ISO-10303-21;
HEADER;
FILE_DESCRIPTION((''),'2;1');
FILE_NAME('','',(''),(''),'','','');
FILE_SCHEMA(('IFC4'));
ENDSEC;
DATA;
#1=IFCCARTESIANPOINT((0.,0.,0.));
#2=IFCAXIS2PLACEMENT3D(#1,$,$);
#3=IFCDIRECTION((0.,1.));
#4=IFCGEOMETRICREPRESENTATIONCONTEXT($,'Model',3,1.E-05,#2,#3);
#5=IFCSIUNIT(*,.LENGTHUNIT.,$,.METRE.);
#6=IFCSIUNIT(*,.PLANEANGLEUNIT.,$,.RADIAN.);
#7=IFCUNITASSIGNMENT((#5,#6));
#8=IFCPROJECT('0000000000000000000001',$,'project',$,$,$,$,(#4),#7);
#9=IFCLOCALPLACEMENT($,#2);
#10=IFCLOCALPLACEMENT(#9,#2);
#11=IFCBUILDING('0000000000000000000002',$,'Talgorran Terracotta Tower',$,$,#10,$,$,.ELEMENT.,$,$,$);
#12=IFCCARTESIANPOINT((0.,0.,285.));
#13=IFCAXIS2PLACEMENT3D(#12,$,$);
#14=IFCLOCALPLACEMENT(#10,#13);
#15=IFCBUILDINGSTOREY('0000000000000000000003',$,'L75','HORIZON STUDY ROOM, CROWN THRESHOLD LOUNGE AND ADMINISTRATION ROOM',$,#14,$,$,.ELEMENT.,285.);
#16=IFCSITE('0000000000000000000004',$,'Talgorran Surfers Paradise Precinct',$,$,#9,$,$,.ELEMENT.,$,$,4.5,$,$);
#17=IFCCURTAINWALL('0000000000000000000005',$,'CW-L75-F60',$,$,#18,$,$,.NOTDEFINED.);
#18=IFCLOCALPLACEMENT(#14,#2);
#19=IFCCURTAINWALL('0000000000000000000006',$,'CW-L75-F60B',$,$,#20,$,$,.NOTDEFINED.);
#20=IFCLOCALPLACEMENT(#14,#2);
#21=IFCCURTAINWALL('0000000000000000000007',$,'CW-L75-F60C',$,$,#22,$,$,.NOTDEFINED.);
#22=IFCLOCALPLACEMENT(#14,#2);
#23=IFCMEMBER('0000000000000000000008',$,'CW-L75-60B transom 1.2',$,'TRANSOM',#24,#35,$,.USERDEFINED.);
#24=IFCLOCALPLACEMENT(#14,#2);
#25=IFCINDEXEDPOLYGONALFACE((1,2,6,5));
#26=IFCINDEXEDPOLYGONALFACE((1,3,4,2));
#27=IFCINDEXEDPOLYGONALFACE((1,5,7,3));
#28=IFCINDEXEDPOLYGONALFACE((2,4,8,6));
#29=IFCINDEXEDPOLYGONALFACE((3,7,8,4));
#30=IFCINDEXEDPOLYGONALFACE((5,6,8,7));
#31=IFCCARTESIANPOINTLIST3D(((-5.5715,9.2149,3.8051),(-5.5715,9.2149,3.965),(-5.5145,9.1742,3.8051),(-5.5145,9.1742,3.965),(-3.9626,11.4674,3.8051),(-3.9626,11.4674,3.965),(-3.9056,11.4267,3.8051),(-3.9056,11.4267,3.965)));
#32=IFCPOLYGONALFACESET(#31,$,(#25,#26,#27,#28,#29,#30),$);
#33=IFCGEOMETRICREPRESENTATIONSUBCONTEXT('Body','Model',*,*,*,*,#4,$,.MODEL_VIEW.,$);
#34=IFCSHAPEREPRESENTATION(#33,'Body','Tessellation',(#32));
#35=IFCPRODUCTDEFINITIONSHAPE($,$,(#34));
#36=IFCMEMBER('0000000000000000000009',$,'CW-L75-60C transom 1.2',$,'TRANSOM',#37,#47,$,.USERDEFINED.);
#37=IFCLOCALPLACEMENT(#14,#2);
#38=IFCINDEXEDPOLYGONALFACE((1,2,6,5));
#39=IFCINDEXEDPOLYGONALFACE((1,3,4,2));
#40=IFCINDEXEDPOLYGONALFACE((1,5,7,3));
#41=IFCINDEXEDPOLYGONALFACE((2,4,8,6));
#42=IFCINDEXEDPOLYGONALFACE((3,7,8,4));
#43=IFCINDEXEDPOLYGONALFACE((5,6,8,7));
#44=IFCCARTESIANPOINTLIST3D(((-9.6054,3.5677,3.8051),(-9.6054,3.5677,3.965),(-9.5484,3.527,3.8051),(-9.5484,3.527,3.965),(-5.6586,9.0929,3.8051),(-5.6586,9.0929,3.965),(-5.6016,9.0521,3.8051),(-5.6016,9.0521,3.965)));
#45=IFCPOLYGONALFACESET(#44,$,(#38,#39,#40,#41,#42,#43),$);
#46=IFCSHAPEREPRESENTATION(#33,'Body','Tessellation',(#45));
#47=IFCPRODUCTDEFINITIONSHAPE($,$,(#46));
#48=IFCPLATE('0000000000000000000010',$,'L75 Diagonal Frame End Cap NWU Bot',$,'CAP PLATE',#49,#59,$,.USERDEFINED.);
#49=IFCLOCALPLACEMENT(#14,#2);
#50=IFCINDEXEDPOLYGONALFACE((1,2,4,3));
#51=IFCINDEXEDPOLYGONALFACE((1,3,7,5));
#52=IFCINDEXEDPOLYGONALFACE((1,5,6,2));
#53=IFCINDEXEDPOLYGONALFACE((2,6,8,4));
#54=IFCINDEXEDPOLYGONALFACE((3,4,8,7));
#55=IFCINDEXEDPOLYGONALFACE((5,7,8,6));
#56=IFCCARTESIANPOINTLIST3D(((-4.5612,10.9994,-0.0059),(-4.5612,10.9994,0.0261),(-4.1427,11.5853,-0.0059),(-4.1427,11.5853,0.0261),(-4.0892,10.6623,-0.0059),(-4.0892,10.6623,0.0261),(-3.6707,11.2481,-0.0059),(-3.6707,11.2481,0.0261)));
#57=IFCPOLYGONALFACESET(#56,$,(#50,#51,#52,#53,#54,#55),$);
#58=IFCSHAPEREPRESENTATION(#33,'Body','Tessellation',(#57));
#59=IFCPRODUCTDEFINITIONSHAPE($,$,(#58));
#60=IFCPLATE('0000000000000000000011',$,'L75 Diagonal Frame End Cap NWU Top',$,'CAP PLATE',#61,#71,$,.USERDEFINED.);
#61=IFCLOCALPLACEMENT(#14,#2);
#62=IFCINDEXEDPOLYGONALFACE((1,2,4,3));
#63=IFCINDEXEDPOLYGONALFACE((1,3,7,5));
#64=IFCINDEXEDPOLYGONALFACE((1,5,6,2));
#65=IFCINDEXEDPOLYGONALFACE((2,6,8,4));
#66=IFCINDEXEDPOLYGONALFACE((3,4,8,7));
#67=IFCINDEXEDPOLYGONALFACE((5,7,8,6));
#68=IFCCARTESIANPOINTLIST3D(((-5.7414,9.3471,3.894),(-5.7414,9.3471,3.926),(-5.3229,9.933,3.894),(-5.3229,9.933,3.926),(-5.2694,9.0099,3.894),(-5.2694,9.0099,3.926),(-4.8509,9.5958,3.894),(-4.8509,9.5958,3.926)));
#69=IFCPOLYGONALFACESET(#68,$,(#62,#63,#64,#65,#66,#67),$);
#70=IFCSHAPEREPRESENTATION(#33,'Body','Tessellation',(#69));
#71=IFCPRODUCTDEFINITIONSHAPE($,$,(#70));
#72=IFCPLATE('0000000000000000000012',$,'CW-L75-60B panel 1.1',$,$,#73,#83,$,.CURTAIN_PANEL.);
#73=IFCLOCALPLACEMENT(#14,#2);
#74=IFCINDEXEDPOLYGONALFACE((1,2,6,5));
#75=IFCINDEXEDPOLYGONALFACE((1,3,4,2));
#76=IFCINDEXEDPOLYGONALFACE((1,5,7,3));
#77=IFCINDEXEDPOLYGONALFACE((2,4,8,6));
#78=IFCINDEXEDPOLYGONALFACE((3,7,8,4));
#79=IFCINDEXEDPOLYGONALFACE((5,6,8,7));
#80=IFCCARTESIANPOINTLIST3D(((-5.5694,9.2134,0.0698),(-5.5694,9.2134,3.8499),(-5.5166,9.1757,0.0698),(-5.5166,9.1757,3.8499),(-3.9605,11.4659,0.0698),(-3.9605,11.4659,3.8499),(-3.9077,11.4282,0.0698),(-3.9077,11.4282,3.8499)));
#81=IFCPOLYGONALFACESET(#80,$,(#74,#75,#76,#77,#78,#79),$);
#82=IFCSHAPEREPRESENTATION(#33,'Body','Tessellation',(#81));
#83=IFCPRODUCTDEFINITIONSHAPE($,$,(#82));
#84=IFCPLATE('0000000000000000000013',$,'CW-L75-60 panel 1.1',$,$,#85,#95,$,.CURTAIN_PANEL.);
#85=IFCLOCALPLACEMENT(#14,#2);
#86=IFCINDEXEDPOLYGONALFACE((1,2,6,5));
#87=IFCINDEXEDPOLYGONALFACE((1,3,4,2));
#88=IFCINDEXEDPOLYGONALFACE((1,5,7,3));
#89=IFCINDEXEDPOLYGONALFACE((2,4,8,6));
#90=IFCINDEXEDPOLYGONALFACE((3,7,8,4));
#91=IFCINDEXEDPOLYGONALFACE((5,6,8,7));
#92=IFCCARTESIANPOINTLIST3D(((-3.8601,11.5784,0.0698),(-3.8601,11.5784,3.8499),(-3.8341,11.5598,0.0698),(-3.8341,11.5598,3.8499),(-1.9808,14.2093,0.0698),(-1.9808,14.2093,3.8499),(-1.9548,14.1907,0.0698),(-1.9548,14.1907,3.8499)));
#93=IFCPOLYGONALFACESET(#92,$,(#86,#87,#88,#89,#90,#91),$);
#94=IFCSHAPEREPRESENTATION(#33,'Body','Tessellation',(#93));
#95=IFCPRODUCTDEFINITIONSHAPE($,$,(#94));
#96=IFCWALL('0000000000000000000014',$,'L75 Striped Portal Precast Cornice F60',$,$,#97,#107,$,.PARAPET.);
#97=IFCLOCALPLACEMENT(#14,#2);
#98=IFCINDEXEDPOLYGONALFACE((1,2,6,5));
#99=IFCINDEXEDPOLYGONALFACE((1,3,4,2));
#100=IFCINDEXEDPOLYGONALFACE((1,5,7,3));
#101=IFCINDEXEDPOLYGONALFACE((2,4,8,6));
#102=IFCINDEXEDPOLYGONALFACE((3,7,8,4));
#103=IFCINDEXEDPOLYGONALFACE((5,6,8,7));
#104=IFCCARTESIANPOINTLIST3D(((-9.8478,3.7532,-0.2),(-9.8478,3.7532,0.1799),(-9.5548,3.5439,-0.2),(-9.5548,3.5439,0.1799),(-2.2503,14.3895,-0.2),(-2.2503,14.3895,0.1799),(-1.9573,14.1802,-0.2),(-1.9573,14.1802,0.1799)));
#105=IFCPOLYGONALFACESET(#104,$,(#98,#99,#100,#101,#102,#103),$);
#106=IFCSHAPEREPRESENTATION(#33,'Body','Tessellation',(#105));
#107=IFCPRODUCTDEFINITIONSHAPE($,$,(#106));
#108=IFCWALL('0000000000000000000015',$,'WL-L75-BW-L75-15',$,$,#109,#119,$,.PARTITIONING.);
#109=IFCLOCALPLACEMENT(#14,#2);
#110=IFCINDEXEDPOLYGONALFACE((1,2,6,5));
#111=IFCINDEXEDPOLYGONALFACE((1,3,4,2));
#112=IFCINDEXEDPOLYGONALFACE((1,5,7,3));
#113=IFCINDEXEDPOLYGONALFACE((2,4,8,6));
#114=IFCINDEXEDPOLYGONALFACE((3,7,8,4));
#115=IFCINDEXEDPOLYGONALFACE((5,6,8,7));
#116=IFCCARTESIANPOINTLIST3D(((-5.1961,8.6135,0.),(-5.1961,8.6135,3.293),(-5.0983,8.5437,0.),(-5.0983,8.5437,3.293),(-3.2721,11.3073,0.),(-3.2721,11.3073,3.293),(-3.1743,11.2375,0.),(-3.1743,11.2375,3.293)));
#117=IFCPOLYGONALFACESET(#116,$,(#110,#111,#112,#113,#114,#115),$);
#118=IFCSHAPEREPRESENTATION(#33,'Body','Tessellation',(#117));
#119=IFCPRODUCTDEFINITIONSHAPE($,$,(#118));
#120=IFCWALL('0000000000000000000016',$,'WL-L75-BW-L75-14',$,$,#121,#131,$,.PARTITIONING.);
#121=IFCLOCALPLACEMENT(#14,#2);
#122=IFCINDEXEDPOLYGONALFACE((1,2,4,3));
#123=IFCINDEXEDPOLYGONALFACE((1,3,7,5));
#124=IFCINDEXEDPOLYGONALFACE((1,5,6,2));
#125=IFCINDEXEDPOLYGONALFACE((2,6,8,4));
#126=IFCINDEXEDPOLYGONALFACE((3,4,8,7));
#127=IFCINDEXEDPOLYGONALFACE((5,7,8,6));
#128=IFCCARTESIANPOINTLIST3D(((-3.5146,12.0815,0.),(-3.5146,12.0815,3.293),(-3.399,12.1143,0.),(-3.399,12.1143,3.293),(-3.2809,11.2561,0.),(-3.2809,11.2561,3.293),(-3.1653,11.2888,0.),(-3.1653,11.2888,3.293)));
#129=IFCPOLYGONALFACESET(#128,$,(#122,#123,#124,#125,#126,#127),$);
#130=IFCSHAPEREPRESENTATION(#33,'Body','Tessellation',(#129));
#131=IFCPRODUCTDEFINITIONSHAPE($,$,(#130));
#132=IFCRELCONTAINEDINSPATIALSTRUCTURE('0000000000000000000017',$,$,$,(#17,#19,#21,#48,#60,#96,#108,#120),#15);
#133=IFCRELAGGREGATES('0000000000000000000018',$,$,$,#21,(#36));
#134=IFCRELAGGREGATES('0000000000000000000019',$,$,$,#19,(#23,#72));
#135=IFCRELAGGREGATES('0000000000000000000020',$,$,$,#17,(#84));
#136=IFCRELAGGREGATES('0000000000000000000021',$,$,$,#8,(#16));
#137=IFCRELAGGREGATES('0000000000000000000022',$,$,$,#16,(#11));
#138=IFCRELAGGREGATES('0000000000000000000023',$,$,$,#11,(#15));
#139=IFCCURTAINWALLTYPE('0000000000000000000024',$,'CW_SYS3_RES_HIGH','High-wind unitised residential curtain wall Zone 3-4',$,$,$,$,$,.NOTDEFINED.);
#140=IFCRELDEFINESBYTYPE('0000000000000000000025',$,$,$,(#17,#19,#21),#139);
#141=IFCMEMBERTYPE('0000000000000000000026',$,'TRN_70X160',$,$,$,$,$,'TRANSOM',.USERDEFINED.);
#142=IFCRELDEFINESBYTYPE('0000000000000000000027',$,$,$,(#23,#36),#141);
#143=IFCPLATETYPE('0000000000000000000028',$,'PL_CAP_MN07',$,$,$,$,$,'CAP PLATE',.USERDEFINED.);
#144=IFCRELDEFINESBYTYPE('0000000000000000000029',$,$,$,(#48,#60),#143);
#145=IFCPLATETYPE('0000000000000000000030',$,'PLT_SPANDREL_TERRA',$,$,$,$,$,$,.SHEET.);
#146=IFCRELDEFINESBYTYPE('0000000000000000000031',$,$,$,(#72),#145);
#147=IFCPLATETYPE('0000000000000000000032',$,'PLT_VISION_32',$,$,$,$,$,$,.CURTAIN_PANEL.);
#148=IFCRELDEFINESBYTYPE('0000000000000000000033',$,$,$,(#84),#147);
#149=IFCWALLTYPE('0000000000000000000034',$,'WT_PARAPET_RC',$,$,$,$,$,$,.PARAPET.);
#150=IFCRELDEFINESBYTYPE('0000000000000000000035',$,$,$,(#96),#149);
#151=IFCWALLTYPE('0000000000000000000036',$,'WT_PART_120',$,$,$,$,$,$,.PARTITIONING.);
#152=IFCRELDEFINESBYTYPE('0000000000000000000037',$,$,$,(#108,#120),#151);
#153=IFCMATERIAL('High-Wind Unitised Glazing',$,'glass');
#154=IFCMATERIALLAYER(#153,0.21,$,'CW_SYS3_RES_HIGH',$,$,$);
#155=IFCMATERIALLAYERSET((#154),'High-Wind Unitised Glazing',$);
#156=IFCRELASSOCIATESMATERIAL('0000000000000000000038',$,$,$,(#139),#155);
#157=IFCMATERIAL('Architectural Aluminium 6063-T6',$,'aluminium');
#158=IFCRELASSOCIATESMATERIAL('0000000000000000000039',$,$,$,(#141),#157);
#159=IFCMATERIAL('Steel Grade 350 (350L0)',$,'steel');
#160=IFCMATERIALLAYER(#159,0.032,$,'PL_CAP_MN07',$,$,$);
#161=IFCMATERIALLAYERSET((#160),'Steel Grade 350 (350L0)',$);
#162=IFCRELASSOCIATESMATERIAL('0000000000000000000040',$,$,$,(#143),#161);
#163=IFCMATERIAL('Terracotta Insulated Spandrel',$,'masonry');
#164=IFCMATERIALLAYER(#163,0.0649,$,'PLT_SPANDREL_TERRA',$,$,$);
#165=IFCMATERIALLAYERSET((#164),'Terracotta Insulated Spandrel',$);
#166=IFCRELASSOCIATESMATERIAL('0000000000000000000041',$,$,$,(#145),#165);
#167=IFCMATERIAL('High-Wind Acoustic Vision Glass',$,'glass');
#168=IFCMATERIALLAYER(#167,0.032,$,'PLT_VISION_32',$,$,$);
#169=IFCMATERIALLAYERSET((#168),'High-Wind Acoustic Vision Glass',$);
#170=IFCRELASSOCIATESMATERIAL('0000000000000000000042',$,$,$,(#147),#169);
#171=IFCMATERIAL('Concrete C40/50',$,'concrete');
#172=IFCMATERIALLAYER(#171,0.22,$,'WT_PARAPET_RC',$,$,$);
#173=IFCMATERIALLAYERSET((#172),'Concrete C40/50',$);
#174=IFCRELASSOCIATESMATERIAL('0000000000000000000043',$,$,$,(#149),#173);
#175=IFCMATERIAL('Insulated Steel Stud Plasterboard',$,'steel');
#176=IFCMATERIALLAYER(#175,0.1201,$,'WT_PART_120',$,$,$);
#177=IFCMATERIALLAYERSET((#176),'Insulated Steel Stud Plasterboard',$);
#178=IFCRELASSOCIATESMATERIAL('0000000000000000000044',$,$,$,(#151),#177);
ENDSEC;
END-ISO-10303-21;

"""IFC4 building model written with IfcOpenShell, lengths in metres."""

from ifc_helpers import new_model, si_unit, direction, frame, frame_2d, origin, origin_2d, place, context, subcontext, project, spatial, rectangle, extrude, source, transform, mapped, material, layer, layer_set, material_profile, profile_set, type_object, type_shapes, element, aggregate, save


model = new_model("IFC4")

# Units and contexts
model_context = context("Model", 3, precision=1e-05, world=origin(), true_north=direction((0.0, 1.0)))
body_context = subcontext(model_context, "Body", "Model", "MODEL_VIEW")
ifc_project = project(units=[si_unit("LENGTHUNIT", "METRE"), si_unit("PLANEANGLEUNIT", "RADIAN")], contexts=[model_context])

# Site, building, storey
site_placement = place(None, origin())
site = spatial("IfcSite", under=ifc_project, at=site_placement, Name="Talgorran Surfers Paradise Precinct", CompositionType="ELEMENT", RefElevation=4.5)
building_placement = place(site_placement, origin())
building = spatial("IfcBuilding", under=site, at=building_placement, Name="Talgorran Terracotta Tower", CompositionType="ELEMENT")
storey_placement = place(building_placement, frame((0.0, 0.0, 285.0)))
storey = spatial("IfcBuildingStorey", under=building, at=storey_placement, Name="L75", Description="HORIZON STUDY ROOM, CROWN THRESHOLD LOUNGE AND ADMINISTRATION ROOM", CompositionType="ELEMENT", Elevation=285.0)

# Shared definitions
ifc_material_1 = material(Name="Steel Grade 350 (350L0)", Category="steel")

# Shared definitions
ifc_material_2 = material(Name="High-Wind Unitised Glazing", Category="glass")
ifc_layer_1 = layer(ifc_material_2, 0.21, Name="CW_SYS3_RES_HIGH")
ifc_layer_set_1 = layer_set([ifc_layer_1], Name="High-Wind Unitised Glazing")
curtain_wall_type = type_object("IfcCurtainWallType", Name="CW_SYS3_RES_HIGH", Description="High-wind unitised residential curtain wall Zone 3-4", PredefinedType="NOTDEFINED", material=ifc_layer_set_1)
ifc_material_3 = material(Name="Architectural Aluminium 6063-T6", Category="aluminium")

# Curtain walls
curtain_wall_1_placement = place(storey_placement, origin())
curtain_wall_1 = element("IfcCurtainWall", 1, at=curtain_wall_1_placement, inside=storey, type_object=curtain_wall_type, Name="CW-L75-F60", PredefinedType="NOTDEFINED")
curtain_wall_2_placement = place(storey_placement, origin())
curtain_wall_2 = element("IfcCurtainWall", 2, at=curtain_wall_2_placement, inside=storey, type_object=curtain_wall_type, Name="CW-L75-F60B", PredefinedType="NOTDEFINED")

# Curtain wall
curtain_wall_3_placement = place(storey_placement, origin())
curtain_wall_3 = element("IfcCurtainWall", 3, at=curtain_wall_3_placement, inside=storey, type_object=curtain_wall_type, Name="CW-L75-F60C", PredefinedType="NOTDEFINED")

# Members
ifc_material_profile_1 = material_profile(ifc_material_3, rectangle(XDim=0.0701, YDim=0.1599, at=origin_2d()), Name="CWT70X160")
ifc_profile_set_1 = profile_set([ifc_material_profile_1], Name="Architectural Aluminium 6063-T6")
member_type_1 = type_object("IfcMemberType", Name="TRN_70X160", ElementType="TRANSOM", PredefinedType="USERDEFINED", material=ifc_profile_set_1)
member_1_placement = place(storey_placement, frame((-3.9341, 11.447, 3.885), z_axis=(-0.581238, -0.813733, 0.0), x_axis=(0.813733, -0.581238, 0.0)))
member_1 = element("IfcMember", 4, at=member_1_placement, type_object=member_type_1, Name="CW-L75-60B transom 1.2", ObjectType="TRANSOM", PredefinedType="USERDEFINED", context=body_context, shape_type="SweptSolid", body=[
    extrude(rectangle(XDim=0.0701, YDim=0.1599, at=origin_2d()), origin(), (0.0, 0.0, 1.0), 2.7681),
])
member_2_placement = place(storey_placement, frame((-5.6301, 9.0725, 3.885), z_axis=(-0.581262, -0.813716, 0.0), x_axis=(0.813716, -0.581262, 0.0)))
member_2 = element("IfcMember", 5, at=member_2_placement, type_object=member_type_1, Name="CW-L75-60C transom 1.2", ObjectType="TRANSOM", PredefinedType="USERDEFINED", context=body_context, shape_type="SweptSolid", body=[
    extrude(rectangle(XDim=0.0701, YDim=0.1599, at=origin_2d()), origin(), (0.0, 0.0, 1.0), 6.79),
])
aggregate(curtain_wall_3, [member_2])

# Plates
ifc_layer_2 = layer(ifc_material_1, 0.032, Name="PL_CAP_MN07")
ifc_layer_set_2 = layer_set([ifc_layer_2], Name="Steel Grade 350 (350L0)")
plate_type_1 = type_object("IfcPlateType", Name="PL_CAP_MN07", ElementType="CAP PLATE", PredefinedType="USERDEFINED", material=ifc_layer_set_2)
for number, where, z_axis, x_axis, name in (
    (6, (-4.116, 11.1238, -0.0059), (0.0, 0.0, 1.0), (-0.581271, -0.81371, 0.0), "L75 Diagonal Frame End Cap NWU Bot"),
    (7, (-5.2961, 9.4714, 3.894), (0.0, 0.0, 1.0), (-0.581271, -0.81371, 0.0), "L75 Diagonal Frame End Cap NWU Top"),
):
    element("IfcPlate", number, at=place(storey_placement, frame(where, z_axis=z_axis, x_axis=x_axis)), inside=storey, type_object=plate_type_1, Name=name, ObjectType="CAP PLATE", PredefinedType="USERDEFINED", context=body_context, shape_type="SweptSolid", body=[
        extrude(rectangle(XDim=0.72, YDim=0.5801, at=origin_2d()), origin(), (0.0, 0.0, 1.0), 0.032),
    ])

# Plates
ifc_material_4 = material(Name="Terracotta Insulated Spandrel", Category="masonry")
ifc_layer_3 = layer(ifc_material_4, 0.0649, Name="PLT_SPANDREL_TERRA")
ifc_layer_set_3 = layer_set([ifc_layer_3], Name="Terracotta Insulated Spandrel")
plate_type_2 = type_object("IfcPlateType", Name="PLT_SPANDREL_TERRA", PredefinedType="SHEET", material=ifc_layer_set_3)
shared_shape_1 = source(origin(), body_context, "Body", "SweptSolid", [
    extrude(rectangle(XDim=2.7681, YDim=0.0649, at=origin_2d()), origin(), (0.0, 0.0, 1.0), 3.78),
])
type_shapes(plate_type_2, [shared_shape_1])
plate_1_placement = place(storey_placement, frame((-4.7385, 10.3208, 0.0698), z_axis=(0.0, 0.0, 1.0), x_axis=(-0.581235, -0.813736, 0.0)))
plate_1 = element("IfcPlate", 8, at=plate_1_placement, type_object=plate_type_2, Name="CW-L75-60B panel 1.1", PredefinedType="CURTAIN_PANEL", context=body_context, shape_type="MappedRepresentation", body=[
    mapped(shared_shape_1, transform((0.0, 0.0, 0.0), scale=1.0)),
])
aggregate(curtain_wall_2, [member_1, plate_1])
ifc_material_5 = material(Name="High-Wind Acoustic Vision Glass", Category="glass")
ifc_layer_4 = layer(ifc_material_5, 0.032, Name="PLT_VISION_32")
ifc_layer_set_4 = layer_set([ifc_layer_4], Name="High-Wind Acoustic Vision Glass")
plate_type_3 = type_object("IfcPlateType", Name="PLT_VISION_32", PredefinedType="CURTAIN_PANEL", material=ifc_layer_set_4)
shared_shape_2 = source(origin(), body_context, "Body", "SweptSolid", [
    extrude(rectangle(XDim=3.2332, YDim=0.032, at=origin_2d()), origin(), (0.0, 0.0, 1.0), 3.78),
])
type_shapes(plate_type_3, [shared_shape_2])
plate_2_placement = place(storey_placement, frame((-2.9075, 12.8845, 0.0698), z_axis=(0.0, 0.0, 1.0), x_axis=(-0.581249, -0.813725, 0.0)))
plate_2 = element("IfcPlate", 9, at=plate_2_placement, type_object=plate_type_3, Name="CW-L75-60 panel 1.1", PredefinedType="CURTAIN_PANEL", context=body_context, shape_type="MappedRepresentation", body=[
    mapped(shared_shape_2, transform((0.0, 0.0, 0.0), scale=1.0)),
])
aggregate(curtain_wall_1, [plate_2])

# Walls
ifc_material_6 = material(Name="Concrete C40/50", Category="concrete")
ifc_layer_5 = layer(ifc_material_6, 0.22, Name="WT_PARAPET_RC")
ifc_layer_set_5 = layer_set([ifc_layer_5], Name="Concrete C40/50")
wall_type_1 = type_object("IfcWallType", Name="WT_PARAPET_RC", PredefinedType="PARAPET", material=ifc_layer_set_5)
wall_1_placement = place(storey_placement, frame((-2.1038, 14.2849, -0.2), z_axis=(0.0, 0.0, 1.0), x_axis=(-0.581243, -0.81373, 0.0)))
element("IfcWall", 10, at=wall_1_placement, inside=storey, type_object=wall_type_1, Name="L75 Striped Portal Precast Cornice F60", PredefinedType="PARAPET", context=body_context, shape_type="SweptSolid", body=[
    extrude(rectangle(XDim=13.071, YDim=0.3601, at=frame_2d((6.5356, 0.0))), origin(), (0.0, 0.0, 1.0), 0.3799),
])
ifc_material_7 = material(Name="Insulated Steel Stud Plasterboard", Category="steel")
ifc_layer_6 = layer(ifc_material_7, 0.1201, Name="WT_PART_120")
ifc_layer_set_6 = layer_set([ifc_layer_6], Name="Insulated Steel Stud Plasterboard")
wall_type_2 = type_object("IfcWallType", Name="WT_PART_120", PredefinedType="PARTITIONING", material=ifc_layer_set_6)
wall_2_placement = place(storey_placement, frame((-3.2231, 11.2725, 0.0), z_axis=(0.0, 0.0, 1.0), x_axis=(-0.581217, -0.813748, 0.0)))
element("IfcWall", 11, at=wall_2_placement, inside=storey, type_object=wall_type_2, Name="WL-L75-BW-L75-15", PredefinedType="PARTITIONING", context=body_context, shape_type="SweptSolid", body=[
    extrude(rectangle(XDim=3.3103, YDim=0.1201, at=frame_2d((1.6553, 0.0))), origin(), (0.0, 0.0, 1.0), 3.293),
])
wall_3_placement = place(storey_placement, frame((-3.4568, 12.0979, 0.0), z_axis=(0.0, 0.0, 1.0), x_axis=(0.272352, -0.962198, 0.0)))
element("IfcWall", 12, at=wall_3_placement, inside=storey, type_object=wall_type_2, Name="WL-L75-BW-L75-14", PredefinedType="PARTITIONING", context=body_context, shape_type="SweptSolid", body=[
    extrude(rectangle(XDim=0.8579, YDim=0.1201, at=frame_2d((0.429, 0.0))), origin(), (0.0, 0.0, 1.0), 3.293),
])

save(model, "model.ifc")
